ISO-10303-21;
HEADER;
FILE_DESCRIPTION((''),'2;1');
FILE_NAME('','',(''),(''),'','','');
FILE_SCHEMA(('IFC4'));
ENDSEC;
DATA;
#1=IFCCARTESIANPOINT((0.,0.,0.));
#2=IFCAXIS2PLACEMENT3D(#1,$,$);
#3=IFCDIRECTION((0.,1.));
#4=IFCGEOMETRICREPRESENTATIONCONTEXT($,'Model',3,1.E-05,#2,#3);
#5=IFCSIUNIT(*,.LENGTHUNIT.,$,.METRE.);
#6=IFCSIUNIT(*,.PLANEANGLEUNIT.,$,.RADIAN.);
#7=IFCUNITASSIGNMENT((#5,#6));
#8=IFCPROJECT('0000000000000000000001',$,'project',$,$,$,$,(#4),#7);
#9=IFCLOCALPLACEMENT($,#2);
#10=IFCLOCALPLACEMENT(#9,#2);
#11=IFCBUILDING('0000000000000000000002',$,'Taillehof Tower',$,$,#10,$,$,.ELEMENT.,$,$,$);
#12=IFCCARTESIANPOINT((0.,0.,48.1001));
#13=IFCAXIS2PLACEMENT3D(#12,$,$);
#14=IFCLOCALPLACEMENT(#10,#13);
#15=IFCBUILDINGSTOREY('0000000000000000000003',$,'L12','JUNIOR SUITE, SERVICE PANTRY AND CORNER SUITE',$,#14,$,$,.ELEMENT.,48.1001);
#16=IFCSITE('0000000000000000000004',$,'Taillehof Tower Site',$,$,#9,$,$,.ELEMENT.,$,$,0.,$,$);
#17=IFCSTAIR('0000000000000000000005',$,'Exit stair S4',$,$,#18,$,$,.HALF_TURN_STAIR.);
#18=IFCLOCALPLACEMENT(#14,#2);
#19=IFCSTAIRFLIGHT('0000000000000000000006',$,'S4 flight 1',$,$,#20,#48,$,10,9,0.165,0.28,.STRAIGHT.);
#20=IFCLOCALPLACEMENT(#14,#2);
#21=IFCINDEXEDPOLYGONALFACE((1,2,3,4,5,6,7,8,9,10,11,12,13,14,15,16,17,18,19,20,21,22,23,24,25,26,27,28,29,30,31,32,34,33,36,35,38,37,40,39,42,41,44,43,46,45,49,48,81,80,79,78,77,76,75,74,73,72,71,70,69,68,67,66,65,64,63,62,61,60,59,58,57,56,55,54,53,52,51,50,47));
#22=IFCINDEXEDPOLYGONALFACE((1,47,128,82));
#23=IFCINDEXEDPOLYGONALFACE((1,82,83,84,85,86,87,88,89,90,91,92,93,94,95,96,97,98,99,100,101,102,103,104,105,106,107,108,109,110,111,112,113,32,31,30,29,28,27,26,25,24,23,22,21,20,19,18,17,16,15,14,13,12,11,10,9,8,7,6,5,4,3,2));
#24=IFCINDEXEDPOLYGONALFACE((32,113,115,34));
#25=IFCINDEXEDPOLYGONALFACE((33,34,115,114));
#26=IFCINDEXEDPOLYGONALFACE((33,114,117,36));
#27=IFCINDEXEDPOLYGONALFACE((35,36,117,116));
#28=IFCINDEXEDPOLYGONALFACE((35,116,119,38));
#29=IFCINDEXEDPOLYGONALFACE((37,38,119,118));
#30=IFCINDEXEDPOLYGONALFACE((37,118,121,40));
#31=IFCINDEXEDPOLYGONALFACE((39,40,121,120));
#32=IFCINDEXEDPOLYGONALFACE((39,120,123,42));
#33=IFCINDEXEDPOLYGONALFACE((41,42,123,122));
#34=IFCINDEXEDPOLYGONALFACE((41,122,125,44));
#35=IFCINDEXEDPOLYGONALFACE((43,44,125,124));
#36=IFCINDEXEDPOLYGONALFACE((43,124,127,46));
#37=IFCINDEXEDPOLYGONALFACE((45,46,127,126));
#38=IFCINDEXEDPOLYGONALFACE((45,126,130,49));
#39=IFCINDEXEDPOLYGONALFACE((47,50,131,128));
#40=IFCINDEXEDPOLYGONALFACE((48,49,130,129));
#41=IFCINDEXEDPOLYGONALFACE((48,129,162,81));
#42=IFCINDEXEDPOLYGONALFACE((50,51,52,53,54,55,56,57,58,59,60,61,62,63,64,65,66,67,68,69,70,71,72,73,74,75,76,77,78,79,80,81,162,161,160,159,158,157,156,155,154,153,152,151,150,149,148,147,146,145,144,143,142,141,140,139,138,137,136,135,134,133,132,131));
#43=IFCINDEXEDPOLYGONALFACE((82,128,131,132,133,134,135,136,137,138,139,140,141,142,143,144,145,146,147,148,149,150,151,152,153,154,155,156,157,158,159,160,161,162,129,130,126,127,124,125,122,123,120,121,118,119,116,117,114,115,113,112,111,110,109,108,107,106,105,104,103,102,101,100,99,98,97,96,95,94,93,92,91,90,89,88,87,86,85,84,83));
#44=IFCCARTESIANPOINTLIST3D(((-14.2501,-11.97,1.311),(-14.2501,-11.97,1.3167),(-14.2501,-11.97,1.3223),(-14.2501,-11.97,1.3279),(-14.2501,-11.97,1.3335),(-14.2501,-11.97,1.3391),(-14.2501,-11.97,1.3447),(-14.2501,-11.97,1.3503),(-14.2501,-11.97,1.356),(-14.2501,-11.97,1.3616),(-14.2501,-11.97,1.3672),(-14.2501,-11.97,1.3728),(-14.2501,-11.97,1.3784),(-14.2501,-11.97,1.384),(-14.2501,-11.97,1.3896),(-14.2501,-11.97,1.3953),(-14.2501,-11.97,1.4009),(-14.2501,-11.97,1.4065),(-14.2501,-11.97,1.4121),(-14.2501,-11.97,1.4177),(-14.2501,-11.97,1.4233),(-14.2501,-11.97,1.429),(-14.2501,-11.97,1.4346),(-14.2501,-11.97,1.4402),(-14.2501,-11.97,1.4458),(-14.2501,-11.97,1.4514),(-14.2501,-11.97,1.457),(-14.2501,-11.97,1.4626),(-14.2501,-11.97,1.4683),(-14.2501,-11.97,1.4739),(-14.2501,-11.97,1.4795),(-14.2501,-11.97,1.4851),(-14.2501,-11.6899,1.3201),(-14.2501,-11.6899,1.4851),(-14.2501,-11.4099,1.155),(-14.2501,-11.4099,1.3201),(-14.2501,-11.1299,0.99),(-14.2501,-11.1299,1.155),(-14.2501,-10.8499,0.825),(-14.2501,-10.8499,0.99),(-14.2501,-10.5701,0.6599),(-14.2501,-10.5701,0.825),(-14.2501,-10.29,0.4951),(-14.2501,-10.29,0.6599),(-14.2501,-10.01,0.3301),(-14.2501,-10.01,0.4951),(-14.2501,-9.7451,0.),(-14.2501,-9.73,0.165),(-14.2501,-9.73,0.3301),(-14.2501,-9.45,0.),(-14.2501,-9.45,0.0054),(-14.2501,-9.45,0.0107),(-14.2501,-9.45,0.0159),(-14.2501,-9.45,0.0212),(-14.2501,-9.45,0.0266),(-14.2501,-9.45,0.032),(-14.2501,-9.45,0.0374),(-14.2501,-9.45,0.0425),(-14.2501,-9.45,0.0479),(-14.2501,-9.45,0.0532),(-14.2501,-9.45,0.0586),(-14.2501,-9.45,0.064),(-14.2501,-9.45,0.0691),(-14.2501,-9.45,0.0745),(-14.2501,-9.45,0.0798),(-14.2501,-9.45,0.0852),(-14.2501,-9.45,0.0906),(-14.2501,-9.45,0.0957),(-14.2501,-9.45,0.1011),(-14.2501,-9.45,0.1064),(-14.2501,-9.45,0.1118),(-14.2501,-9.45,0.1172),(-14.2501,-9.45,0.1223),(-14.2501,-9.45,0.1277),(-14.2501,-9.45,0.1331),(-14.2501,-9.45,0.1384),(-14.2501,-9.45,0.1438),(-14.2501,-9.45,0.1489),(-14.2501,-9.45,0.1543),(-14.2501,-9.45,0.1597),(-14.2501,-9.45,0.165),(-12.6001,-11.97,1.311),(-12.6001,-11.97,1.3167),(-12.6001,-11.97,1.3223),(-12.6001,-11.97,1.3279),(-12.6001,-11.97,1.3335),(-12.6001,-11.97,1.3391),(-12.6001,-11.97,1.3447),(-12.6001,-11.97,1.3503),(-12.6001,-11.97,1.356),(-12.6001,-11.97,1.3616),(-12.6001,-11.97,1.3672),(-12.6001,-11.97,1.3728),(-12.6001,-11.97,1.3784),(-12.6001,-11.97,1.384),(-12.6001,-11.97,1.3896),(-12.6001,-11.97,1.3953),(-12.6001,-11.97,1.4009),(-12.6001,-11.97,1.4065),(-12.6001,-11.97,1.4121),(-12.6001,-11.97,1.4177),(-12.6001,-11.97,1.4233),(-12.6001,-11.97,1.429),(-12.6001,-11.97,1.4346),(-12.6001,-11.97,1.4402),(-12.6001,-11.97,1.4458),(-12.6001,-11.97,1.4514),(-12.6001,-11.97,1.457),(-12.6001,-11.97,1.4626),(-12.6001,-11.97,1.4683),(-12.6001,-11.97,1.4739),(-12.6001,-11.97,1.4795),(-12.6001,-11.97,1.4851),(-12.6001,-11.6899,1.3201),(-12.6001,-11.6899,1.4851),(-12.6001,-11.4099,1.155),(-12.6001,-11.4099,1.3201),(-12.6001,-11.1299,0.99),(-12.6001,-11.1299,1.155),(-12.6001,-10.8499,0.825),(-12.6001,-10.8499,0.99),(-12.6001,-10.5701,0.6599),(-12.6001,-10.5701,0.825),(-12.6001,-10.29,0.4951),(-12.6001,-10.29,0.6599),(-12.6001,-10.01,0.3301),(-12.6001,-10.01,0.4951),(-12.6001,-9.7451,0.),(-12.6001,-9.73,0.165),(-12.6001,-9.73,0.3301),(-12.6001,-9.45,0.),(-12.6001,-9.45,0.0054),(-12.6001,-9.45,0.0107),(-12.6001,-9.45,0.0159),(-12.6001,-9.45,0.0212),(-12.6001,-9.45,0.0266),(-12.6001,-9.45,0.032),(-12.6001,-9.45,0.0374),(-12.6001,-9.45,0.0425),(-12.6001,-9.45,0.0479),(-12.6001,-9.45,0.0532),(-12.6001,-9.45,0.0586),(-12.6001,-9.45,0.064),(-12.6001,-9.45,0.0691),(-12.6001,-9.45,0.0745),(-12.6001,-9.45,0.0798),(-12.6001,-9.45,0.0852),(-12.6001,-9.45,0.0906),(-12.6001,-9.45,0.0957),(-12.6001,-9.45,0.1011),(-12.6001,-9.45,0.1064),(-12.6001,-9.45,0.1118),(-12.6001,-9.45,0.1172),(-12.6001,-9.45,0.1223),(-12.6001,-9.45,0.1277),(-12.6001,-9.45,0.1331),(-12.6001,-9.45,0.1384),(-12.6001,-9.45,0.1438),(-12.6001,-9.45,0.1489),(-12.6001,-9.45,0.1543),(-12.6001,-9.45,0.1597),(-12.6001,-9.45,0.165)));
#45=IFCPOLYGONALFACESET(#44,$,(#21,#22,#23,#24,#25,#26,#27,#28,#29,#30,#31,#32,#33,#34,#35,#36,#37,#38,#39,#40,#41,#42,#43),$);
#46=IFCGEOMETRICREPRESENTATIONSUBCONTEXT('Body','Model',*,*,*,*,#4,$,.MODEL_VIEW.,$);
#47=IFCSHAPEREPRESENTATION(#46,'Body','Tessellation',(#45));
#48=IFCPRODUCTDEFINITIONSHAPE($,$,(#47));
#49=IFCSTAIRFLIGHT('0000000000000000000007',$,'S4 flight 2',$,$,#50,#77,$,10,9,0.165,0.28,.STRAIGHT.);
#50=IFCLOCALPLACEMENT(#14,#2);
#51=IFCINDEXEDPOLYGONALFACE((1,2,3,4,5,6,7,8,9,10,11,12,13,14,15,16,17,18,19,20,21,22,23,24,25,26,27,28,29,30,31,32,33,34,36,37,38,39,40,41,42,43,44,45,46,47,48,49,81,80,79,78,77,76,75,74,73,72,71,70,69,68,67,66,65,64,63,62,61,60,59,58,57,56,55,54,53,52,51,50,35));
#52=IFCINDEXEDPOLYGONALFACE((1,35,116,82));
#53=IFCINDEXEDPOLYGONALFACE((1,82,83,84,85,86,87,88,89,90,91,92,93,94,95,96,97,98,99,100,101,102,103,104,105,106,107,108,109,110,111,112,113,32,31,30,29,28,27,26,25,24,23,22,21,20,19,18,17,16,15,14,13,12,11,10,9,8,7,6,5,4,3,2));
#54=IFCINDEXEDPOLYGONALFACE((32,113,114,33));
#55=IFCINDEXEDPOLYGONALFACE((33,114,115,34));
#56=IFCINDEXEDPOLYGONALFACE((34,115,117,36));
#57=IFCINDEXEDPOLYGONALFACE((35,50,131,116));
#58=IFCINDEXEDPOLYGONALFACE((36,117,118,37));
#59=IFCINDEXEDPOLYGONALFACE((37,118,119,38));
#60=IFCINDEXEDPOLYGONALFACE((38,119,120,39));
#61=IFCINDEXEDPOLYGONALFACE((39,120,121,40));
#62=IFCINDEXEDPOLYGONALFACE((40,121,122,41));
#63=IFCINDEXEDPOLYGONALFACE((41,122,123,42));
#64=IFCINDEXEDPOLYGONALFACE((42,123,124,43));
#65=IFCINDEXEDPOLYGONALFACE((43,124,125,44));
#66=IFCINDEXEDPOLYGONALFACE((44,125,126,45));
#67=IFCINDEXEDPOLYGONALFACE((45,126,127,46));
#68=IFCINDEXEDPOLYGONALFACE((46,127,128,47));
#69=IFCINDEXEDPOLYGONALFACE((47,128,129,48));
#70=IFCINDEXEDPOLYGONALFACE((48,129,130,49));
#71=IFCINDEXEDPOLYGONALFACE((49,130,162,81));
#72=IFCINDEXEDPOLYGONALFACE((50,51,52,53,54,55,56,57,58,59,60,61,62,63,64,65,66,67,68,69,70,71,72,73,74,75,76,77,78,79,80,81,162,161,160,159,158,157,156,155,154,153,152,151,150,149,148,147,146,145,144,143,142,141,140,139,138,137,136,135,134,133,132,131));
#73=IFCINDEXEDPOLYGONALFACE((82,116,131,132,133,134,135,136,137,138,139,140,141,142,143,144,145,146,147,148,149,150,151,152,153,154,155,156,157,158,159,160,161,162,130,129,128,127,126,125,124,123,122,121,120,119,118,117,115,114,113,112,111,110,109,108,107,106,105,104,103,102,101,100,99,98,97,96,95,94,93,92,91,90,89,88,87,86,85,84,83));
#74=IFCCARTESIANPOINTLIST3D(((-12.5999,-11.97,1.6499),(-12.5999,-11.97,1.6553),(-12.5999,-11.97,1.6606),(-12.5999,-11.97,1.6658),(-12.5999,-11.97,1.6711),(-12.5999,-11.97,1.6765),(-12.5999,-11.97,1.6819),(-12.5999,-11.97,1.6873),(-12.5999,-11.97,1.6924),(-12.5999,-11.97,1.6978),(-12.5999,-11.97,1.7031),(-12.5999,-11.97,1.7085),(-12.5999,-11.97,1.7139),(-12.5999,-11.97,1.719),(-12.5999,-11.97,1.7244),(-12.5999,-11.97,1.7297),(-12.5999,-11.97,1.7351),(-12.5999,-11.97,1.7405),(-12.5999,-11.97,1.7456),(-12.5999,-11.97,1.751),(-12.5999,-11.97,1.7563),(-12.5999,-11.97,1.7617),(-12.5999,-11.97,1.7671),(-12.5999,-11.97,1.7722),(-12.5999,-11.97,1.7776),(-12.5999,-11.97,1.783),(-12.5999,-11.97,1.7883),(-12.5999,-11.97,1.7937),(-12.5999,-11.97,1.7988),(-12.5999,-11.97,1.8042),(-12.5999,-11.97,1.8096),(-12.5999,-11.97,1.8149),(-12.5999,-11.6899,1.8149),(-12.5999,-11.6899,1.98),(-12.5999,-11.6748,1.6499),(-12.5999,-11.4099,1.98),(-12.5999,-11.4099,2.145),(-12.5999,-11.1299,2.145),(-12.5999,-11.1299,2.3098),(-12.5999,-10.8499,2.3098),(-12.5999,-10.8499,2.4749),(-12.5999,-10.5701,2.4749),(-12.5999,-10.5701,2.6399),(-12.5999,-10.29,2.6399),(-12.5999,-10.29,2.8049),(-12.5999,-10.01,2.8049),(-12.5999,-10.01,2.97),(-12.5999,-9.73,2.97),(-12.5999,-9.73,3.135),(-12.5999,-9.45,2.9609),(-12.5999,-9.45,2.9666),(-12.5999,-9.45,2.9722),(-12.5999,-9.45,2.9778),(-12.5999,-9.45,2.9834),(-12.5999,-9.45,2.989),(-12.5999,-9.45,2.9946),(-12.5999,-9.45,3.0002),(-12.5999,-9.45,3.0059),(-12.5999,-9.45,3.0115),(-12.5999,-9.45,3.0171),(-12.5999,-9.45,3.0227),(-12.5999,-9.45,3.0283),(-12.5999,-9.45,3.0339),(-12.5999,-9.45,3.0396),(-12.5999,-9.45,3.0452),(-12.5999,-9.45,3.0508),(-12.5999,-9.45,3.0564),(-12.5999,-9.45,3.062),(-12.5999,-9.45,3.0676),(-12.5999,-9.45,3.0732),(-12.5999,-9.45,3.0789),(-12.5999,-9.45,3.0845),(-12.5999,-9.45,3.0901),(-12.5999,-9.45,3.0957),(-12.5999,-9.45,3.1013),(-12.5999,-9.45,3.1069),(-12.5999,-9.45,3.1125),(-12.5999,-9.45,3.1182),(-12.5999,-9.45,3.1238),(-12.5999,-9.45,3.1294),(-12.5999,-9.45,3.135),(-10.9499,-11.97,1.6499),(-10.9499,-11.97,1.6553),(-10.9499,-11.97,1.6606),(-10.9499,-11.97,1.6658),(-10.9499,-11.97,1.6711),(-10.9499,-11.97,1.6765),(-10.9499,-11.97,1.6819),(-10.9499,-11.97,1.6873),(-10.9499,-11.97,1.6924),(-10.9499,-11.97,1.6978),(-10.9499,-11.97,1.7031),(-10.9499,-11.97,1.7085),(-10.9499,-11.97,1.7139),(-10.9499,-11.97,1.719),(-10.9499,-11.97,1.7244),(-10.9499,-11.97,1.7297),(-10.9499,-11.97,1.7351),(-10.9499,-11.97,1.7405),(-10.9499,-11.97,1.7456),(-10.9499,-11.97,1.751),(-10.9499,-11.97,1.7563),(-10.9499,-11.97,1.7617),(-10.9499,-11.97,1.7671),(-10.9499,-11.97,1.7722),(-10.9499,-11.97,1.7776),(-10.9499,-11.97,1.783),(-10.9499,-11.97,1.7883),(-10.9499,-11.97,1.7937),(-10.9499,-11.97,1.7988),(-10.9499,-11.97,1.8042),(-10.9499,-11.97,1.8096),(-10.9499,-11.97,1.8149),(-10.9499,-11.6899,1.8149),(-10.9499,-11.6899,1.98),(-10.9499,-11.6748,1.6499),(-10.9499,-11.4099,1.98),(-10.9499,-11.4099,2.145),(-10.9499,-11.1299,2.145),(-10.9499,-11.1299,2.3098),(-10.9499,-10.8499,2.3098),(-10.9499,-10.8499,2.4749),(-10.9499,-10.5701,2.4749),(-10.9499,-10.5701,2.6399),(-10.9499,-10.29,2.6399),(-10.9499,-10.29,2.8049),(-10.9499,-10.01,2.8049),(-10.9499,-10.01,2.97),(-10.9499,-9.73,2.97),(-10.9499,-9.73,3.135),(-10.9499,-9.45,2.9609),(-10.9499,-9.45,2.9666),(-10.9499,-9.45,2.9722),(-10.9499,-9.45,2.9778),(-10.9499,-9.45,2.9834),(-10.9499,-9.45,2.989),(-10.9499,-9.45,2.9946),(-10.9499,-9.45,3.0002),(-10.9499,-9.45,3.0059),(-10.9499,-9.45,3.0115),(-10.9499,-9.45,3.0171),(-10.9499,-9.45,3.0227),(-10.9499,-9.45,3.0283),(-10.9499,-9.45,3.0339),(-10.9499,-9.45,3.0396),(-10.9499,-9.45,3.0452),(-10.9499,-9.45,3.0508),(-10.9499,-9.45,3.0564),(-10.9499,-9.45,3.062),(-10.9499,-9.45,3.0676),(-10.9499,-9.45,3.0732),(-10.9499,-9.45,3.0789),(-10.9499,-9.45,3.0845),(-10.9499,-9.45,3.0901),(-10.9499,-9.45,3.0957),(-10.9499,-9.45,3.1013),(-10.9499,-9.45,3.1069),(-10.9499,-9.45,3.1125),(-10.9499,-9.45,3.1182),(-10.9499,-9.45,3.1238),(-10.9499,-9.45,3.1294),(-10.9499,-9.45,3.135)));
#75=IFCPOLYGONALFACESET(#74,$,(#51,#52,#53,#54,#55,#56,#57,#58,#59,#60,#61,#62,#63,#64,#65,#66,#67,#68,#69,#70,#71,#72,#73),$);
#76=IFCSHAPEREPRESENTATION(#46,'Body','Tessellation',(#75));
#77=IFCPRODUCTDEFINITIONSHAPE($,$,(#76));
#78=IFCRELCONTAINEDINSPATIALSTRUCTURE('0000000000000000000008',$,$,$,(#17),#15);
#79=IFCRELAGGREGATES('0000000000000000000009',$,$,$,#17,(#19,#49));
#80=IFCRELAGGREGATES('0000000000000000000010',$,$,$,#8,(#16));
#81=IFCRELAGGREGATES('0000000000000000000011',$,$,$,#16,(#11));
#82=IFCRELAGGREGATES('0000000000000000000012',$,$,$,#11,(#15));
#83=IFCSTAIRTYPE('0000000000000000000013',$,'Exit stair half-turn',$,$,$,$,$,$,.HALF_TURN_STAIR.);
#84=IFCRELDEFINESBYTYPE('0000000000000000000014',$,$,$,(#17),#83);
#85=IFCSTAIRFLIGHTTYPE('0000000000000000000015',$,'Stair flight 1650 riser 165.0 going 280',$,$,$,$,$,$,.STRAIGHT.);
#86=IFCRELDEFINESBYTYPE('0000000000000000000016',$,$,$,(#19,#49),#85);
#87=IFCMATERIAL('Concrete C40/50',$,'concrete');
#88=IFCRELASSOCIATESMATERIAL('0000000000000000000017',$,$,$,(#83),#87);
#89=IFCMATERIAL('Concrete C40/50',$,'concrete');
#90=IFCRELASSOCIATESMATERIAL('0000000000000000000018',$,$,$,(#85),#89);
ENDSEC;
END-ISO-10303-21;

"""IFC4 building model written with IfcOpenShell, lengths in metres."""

from ifc_helpers import new_model, si_unit, direction, frame, origin, place, context, subcontext, project, spatial, polyline, outline, extrude, material, type_object, element, aggregate, save


model = new_model("IFC4")

# Units and contexts
model_context = context("Model", 3, precision=1e-05, world=origin(), true_north=direction((0.0, 1.0)))
body_context = subcontext(model_context, "Body", "Model", "MODEL_VIEW")
ifc_project = project(units=[si_unit("LENGTHUNIT", "METRE"), si_unit("PLANEANGLEUNIT", "RADIAN")], contexts=[model_context])

# Site, building, storey
site_placement = place(None, origin())
site = spatial("IfcSite", under=ifc_project, at=site_placement, Name="Taillehof Tower Site", CompositionType="ELEMENT", RefElevation=0.0)
building_placement = place(site_placement, origin())
building = spatial("IfcBuilding", under=site, at=building_placement, Name="Taillehof Tower", CompositionType="ELEMENT")
storey_placement = place(building_placement, frame((0.0, 0.0, 48.1001)))
storey = spatial("IfcBuildingStorey", under=building, at=storey_placement, Name="L12", Description="JUNIOR SUITE, SERVICE PANTRY AND CORNER SUITE", CompositionType="ELEMENT", Elevation=48.1001)

# Stair, stair flights
ifc_material_1 = material(Name="Concrete C40/50", Category="concrete")
stair_type = type_object("IfcStairType", Name="Exit stair half-turn", PredefinedType="HALF_TURN_STAIR", material=ifc_material_1)
stair_placement = place(storey_placement, origin())
stair = element("IfcStair", 1, at=stair_placement, inside=storey, type_object=stair_type, Name="Exit stair S4", PredefinedType="HALF_TURN_STAIR")
ifc_material_2 = material(Name="Concrete C40/50", Category="concrete")
stair_flight_type = type_object("IfcStairFlightType", Name="Stair flight 1650 riser 165.0 going 280", PredefinedType="STRAIGHT", material=ifc_material_2)
stair_flight_1_placement = place(storey_placement, frame((-13.425, -9.45, 0.0), z_axis=(0.0, 0.0, 1.0), x_axis=(0.0, -1.0, 0.0)))
stair_flight_1 = element("IfcStairFlight", 2, at=stair_flight_1_placement, type_object=stair_flight_type, Name="S4 flight 1", NumberOfRisers=10, NumberOfTreads=9, PredefinedType="STRAIGHT", RiserHeight=0.165, TreadLength=0.28, context=body_context, shape_type="SweptSolid", body=[
    extrude(outline(polyline([(0.0, 0.0), (0.0, 0.0054), (0.0, 0.0107), (0.0, 0.0159), (0.0, 0.0212), (0.0, 0.0266), (0.0, 0.032), (0.0, 0.0374), (0.0, 0.0425), (0.0, 0.0479), (0.0, 0.0532), (0.0, 0.0586), (0.0, 0.064), (0.0, 0.0691), (0.0, 0.0745), (0.0, 0.0798), (0.0, 0.0852), (0.0, 0.0906), (0.0, 0.0957), (0.0, 0.1011), (0.0, 0.1064), (0.0, 0.1118), (0.0, 0.1172), (0.0, 0.1223), (0.0, 0.1277), (0.0, 0.1331), (0.0, 0.1384), (0.0, 0.1438), (0.0, 0.1489), (0.0, 0.1543), (0.0, 0.1597), (0.0, 0.165), (0.28, 0.165), (0.28, 0.3301), (0.5601, 0.3301), (0.5601, 0.4951), (0.8401, 0.4951), (0.8401, 0.6599), (1.1201, 0.6599), (1.1201, 0.825), (1.3999, 0.825), (1.3999, 0.99), (1.6799, 0.99), (1.6799, 1.155), (1.96, 1.155), (1.96, 1.3201), (2.24, 1.3201), (2.24, 1.4851), (2.52, 1.4851), (2.52, 1.4795), (2.52, 1.4739), (2.52, 1.4683), (2.52, 1.4626), (2.52, 1.457), (2.52, 1.4514), (2.52, 1.4458), (2.52, 1.4402), (2.52, 1.4346), (2.52, 1.429), (2.52, 1.4233), (2.52, 1.4177), (2.52, 1.4121), (2.52, 1.4065), (2.52, 1.4009), (2.52, 1.3953), (2.52, 1.3896), (2.52, 1.384), (2.52, 1.3784), (2.52, 1.3728), (2.52, 1.3672), (2.52, 1.3616), (2.52, 1.356), (2.52, 1.3503), (2.52, 1.3447), (2.52, 1.3391), (2.52, 1.3335), (2.52, 1.3279), (2.52, 1.3223), (2.52, 1.3167), (2.52, 1.311), (0.2952, 0.0), (0.0, 0.0)])), frame((0.0, 0.825, 0.0), z_axis=(0.0, -1.0, 0.0), x_axis=(1.0, 0.0, 0.0)), (0.0, 0.0, 1.0), 1.65),
])
stair_flight_2_placement = place(storey_placement, frame((-11.7749, -11.97, 1.6499), z_axis=(0.0, 0.0, 1.0), x_axis=(0.0, 1.0, 0.0)))
stair_flight_2 = element("IfcStairFlight", 3, at=stair_flight_2_placement, type_object=stair_flight_type, Name="S4 flight 2", NumberOfRisers=10, NumberOfTreads=9, PredefinedType="STRAIGHT", RiserHeight=0.165, TreadLength=0.28, context=body_context, shape_type="SweptSolid", body=[
    extrude(outline(polyline([(0.0, 0.0), (0.0, 0.0054), (0.0, 0.0107), (0.0, 0.0159), (0.0, 0.0212), (0.0, 0.0266), (0.0, 0.032), (0.0, 0.0374), (0.0, 0.0425), (0.0, 0.0479), (0.0, 0.0532), (0.0, 0.0586), (0.0, 0.064), (0.0, 0.0691), (0.0, 0.0745), (0.0, 0.0798), (0.0, 0.0852), (0.0, 0.0906), (0.0, 0.0957), (0.0, 0.1011), (0.0, 0.1064), (0.0, 0.1118), (0.0, 0.1172), (0.0, 0.1223), (0.0, 0.1277), (0.0, 0.1331), (0.0, 0.1384), (0.0, 0.1438), (0.0, 0.1489), (0.0, 0.1543), (0.0, 0.1597), (0.0, 0.165), (0.28, 0.165), (0.28, 0.3301), (0.5601, 0.3301), (0.5601, 0.4951), (0.8401, 0.4951), (0.8401, 0.6599), (1.1201, 0.6599), (1.1201, 0.825), (1.3999, 0.825), (1.3999, 0.99), (1.6799, 0.99), (1.6799, 1.155), (1.96, 1.155), (1.96, 1.3201), (2.24, 1.3201), (2.24, 1.4851), (2.52, 1.4851), (2.52, 1.4795), (2.52, 1.4739), (2.52, 1.4683), (2.52, 1.4626), (2.52, 1.457), (2.52, 1.4514), (2.52, 1.4458), (2.52, 1.4402), (2.52, 1.4346), (2.52, 1.429), (2.52, 1.4233), (2.52, 1.4177), (2.52, 1.4121), (2.52, 1.4065), (2.52, 1.4009), (2.52, 1.3953), (2.52, 1.3896), (2.52, 1.384), (2.52, 1.3784), (2.52, 1.3728), (2.52, 1.3672), (2.52, 1.3616), (2.52, 1.356), (2.52, 1.3503), (2.52, 1.3447), (2.52, 1.3391), (2.52, 1.3335), (2.52, 1.3279), (2.52, 1.3223), (2.52, 1.3167), (2.52, 1.311), (0.2952, 0.0), (0.0, 0.0)])), frame((0.0, 0.825, 0.0), z_axis=(0.0, -1.0, 0.0), x_axis=(1.0, 0.0, 0.0)), (0.0, 0.0, 1.0), 1.65),
])
aggregate(stair, [stair_flight_1, stair_flight_2])

save(model, "model.ifc")
